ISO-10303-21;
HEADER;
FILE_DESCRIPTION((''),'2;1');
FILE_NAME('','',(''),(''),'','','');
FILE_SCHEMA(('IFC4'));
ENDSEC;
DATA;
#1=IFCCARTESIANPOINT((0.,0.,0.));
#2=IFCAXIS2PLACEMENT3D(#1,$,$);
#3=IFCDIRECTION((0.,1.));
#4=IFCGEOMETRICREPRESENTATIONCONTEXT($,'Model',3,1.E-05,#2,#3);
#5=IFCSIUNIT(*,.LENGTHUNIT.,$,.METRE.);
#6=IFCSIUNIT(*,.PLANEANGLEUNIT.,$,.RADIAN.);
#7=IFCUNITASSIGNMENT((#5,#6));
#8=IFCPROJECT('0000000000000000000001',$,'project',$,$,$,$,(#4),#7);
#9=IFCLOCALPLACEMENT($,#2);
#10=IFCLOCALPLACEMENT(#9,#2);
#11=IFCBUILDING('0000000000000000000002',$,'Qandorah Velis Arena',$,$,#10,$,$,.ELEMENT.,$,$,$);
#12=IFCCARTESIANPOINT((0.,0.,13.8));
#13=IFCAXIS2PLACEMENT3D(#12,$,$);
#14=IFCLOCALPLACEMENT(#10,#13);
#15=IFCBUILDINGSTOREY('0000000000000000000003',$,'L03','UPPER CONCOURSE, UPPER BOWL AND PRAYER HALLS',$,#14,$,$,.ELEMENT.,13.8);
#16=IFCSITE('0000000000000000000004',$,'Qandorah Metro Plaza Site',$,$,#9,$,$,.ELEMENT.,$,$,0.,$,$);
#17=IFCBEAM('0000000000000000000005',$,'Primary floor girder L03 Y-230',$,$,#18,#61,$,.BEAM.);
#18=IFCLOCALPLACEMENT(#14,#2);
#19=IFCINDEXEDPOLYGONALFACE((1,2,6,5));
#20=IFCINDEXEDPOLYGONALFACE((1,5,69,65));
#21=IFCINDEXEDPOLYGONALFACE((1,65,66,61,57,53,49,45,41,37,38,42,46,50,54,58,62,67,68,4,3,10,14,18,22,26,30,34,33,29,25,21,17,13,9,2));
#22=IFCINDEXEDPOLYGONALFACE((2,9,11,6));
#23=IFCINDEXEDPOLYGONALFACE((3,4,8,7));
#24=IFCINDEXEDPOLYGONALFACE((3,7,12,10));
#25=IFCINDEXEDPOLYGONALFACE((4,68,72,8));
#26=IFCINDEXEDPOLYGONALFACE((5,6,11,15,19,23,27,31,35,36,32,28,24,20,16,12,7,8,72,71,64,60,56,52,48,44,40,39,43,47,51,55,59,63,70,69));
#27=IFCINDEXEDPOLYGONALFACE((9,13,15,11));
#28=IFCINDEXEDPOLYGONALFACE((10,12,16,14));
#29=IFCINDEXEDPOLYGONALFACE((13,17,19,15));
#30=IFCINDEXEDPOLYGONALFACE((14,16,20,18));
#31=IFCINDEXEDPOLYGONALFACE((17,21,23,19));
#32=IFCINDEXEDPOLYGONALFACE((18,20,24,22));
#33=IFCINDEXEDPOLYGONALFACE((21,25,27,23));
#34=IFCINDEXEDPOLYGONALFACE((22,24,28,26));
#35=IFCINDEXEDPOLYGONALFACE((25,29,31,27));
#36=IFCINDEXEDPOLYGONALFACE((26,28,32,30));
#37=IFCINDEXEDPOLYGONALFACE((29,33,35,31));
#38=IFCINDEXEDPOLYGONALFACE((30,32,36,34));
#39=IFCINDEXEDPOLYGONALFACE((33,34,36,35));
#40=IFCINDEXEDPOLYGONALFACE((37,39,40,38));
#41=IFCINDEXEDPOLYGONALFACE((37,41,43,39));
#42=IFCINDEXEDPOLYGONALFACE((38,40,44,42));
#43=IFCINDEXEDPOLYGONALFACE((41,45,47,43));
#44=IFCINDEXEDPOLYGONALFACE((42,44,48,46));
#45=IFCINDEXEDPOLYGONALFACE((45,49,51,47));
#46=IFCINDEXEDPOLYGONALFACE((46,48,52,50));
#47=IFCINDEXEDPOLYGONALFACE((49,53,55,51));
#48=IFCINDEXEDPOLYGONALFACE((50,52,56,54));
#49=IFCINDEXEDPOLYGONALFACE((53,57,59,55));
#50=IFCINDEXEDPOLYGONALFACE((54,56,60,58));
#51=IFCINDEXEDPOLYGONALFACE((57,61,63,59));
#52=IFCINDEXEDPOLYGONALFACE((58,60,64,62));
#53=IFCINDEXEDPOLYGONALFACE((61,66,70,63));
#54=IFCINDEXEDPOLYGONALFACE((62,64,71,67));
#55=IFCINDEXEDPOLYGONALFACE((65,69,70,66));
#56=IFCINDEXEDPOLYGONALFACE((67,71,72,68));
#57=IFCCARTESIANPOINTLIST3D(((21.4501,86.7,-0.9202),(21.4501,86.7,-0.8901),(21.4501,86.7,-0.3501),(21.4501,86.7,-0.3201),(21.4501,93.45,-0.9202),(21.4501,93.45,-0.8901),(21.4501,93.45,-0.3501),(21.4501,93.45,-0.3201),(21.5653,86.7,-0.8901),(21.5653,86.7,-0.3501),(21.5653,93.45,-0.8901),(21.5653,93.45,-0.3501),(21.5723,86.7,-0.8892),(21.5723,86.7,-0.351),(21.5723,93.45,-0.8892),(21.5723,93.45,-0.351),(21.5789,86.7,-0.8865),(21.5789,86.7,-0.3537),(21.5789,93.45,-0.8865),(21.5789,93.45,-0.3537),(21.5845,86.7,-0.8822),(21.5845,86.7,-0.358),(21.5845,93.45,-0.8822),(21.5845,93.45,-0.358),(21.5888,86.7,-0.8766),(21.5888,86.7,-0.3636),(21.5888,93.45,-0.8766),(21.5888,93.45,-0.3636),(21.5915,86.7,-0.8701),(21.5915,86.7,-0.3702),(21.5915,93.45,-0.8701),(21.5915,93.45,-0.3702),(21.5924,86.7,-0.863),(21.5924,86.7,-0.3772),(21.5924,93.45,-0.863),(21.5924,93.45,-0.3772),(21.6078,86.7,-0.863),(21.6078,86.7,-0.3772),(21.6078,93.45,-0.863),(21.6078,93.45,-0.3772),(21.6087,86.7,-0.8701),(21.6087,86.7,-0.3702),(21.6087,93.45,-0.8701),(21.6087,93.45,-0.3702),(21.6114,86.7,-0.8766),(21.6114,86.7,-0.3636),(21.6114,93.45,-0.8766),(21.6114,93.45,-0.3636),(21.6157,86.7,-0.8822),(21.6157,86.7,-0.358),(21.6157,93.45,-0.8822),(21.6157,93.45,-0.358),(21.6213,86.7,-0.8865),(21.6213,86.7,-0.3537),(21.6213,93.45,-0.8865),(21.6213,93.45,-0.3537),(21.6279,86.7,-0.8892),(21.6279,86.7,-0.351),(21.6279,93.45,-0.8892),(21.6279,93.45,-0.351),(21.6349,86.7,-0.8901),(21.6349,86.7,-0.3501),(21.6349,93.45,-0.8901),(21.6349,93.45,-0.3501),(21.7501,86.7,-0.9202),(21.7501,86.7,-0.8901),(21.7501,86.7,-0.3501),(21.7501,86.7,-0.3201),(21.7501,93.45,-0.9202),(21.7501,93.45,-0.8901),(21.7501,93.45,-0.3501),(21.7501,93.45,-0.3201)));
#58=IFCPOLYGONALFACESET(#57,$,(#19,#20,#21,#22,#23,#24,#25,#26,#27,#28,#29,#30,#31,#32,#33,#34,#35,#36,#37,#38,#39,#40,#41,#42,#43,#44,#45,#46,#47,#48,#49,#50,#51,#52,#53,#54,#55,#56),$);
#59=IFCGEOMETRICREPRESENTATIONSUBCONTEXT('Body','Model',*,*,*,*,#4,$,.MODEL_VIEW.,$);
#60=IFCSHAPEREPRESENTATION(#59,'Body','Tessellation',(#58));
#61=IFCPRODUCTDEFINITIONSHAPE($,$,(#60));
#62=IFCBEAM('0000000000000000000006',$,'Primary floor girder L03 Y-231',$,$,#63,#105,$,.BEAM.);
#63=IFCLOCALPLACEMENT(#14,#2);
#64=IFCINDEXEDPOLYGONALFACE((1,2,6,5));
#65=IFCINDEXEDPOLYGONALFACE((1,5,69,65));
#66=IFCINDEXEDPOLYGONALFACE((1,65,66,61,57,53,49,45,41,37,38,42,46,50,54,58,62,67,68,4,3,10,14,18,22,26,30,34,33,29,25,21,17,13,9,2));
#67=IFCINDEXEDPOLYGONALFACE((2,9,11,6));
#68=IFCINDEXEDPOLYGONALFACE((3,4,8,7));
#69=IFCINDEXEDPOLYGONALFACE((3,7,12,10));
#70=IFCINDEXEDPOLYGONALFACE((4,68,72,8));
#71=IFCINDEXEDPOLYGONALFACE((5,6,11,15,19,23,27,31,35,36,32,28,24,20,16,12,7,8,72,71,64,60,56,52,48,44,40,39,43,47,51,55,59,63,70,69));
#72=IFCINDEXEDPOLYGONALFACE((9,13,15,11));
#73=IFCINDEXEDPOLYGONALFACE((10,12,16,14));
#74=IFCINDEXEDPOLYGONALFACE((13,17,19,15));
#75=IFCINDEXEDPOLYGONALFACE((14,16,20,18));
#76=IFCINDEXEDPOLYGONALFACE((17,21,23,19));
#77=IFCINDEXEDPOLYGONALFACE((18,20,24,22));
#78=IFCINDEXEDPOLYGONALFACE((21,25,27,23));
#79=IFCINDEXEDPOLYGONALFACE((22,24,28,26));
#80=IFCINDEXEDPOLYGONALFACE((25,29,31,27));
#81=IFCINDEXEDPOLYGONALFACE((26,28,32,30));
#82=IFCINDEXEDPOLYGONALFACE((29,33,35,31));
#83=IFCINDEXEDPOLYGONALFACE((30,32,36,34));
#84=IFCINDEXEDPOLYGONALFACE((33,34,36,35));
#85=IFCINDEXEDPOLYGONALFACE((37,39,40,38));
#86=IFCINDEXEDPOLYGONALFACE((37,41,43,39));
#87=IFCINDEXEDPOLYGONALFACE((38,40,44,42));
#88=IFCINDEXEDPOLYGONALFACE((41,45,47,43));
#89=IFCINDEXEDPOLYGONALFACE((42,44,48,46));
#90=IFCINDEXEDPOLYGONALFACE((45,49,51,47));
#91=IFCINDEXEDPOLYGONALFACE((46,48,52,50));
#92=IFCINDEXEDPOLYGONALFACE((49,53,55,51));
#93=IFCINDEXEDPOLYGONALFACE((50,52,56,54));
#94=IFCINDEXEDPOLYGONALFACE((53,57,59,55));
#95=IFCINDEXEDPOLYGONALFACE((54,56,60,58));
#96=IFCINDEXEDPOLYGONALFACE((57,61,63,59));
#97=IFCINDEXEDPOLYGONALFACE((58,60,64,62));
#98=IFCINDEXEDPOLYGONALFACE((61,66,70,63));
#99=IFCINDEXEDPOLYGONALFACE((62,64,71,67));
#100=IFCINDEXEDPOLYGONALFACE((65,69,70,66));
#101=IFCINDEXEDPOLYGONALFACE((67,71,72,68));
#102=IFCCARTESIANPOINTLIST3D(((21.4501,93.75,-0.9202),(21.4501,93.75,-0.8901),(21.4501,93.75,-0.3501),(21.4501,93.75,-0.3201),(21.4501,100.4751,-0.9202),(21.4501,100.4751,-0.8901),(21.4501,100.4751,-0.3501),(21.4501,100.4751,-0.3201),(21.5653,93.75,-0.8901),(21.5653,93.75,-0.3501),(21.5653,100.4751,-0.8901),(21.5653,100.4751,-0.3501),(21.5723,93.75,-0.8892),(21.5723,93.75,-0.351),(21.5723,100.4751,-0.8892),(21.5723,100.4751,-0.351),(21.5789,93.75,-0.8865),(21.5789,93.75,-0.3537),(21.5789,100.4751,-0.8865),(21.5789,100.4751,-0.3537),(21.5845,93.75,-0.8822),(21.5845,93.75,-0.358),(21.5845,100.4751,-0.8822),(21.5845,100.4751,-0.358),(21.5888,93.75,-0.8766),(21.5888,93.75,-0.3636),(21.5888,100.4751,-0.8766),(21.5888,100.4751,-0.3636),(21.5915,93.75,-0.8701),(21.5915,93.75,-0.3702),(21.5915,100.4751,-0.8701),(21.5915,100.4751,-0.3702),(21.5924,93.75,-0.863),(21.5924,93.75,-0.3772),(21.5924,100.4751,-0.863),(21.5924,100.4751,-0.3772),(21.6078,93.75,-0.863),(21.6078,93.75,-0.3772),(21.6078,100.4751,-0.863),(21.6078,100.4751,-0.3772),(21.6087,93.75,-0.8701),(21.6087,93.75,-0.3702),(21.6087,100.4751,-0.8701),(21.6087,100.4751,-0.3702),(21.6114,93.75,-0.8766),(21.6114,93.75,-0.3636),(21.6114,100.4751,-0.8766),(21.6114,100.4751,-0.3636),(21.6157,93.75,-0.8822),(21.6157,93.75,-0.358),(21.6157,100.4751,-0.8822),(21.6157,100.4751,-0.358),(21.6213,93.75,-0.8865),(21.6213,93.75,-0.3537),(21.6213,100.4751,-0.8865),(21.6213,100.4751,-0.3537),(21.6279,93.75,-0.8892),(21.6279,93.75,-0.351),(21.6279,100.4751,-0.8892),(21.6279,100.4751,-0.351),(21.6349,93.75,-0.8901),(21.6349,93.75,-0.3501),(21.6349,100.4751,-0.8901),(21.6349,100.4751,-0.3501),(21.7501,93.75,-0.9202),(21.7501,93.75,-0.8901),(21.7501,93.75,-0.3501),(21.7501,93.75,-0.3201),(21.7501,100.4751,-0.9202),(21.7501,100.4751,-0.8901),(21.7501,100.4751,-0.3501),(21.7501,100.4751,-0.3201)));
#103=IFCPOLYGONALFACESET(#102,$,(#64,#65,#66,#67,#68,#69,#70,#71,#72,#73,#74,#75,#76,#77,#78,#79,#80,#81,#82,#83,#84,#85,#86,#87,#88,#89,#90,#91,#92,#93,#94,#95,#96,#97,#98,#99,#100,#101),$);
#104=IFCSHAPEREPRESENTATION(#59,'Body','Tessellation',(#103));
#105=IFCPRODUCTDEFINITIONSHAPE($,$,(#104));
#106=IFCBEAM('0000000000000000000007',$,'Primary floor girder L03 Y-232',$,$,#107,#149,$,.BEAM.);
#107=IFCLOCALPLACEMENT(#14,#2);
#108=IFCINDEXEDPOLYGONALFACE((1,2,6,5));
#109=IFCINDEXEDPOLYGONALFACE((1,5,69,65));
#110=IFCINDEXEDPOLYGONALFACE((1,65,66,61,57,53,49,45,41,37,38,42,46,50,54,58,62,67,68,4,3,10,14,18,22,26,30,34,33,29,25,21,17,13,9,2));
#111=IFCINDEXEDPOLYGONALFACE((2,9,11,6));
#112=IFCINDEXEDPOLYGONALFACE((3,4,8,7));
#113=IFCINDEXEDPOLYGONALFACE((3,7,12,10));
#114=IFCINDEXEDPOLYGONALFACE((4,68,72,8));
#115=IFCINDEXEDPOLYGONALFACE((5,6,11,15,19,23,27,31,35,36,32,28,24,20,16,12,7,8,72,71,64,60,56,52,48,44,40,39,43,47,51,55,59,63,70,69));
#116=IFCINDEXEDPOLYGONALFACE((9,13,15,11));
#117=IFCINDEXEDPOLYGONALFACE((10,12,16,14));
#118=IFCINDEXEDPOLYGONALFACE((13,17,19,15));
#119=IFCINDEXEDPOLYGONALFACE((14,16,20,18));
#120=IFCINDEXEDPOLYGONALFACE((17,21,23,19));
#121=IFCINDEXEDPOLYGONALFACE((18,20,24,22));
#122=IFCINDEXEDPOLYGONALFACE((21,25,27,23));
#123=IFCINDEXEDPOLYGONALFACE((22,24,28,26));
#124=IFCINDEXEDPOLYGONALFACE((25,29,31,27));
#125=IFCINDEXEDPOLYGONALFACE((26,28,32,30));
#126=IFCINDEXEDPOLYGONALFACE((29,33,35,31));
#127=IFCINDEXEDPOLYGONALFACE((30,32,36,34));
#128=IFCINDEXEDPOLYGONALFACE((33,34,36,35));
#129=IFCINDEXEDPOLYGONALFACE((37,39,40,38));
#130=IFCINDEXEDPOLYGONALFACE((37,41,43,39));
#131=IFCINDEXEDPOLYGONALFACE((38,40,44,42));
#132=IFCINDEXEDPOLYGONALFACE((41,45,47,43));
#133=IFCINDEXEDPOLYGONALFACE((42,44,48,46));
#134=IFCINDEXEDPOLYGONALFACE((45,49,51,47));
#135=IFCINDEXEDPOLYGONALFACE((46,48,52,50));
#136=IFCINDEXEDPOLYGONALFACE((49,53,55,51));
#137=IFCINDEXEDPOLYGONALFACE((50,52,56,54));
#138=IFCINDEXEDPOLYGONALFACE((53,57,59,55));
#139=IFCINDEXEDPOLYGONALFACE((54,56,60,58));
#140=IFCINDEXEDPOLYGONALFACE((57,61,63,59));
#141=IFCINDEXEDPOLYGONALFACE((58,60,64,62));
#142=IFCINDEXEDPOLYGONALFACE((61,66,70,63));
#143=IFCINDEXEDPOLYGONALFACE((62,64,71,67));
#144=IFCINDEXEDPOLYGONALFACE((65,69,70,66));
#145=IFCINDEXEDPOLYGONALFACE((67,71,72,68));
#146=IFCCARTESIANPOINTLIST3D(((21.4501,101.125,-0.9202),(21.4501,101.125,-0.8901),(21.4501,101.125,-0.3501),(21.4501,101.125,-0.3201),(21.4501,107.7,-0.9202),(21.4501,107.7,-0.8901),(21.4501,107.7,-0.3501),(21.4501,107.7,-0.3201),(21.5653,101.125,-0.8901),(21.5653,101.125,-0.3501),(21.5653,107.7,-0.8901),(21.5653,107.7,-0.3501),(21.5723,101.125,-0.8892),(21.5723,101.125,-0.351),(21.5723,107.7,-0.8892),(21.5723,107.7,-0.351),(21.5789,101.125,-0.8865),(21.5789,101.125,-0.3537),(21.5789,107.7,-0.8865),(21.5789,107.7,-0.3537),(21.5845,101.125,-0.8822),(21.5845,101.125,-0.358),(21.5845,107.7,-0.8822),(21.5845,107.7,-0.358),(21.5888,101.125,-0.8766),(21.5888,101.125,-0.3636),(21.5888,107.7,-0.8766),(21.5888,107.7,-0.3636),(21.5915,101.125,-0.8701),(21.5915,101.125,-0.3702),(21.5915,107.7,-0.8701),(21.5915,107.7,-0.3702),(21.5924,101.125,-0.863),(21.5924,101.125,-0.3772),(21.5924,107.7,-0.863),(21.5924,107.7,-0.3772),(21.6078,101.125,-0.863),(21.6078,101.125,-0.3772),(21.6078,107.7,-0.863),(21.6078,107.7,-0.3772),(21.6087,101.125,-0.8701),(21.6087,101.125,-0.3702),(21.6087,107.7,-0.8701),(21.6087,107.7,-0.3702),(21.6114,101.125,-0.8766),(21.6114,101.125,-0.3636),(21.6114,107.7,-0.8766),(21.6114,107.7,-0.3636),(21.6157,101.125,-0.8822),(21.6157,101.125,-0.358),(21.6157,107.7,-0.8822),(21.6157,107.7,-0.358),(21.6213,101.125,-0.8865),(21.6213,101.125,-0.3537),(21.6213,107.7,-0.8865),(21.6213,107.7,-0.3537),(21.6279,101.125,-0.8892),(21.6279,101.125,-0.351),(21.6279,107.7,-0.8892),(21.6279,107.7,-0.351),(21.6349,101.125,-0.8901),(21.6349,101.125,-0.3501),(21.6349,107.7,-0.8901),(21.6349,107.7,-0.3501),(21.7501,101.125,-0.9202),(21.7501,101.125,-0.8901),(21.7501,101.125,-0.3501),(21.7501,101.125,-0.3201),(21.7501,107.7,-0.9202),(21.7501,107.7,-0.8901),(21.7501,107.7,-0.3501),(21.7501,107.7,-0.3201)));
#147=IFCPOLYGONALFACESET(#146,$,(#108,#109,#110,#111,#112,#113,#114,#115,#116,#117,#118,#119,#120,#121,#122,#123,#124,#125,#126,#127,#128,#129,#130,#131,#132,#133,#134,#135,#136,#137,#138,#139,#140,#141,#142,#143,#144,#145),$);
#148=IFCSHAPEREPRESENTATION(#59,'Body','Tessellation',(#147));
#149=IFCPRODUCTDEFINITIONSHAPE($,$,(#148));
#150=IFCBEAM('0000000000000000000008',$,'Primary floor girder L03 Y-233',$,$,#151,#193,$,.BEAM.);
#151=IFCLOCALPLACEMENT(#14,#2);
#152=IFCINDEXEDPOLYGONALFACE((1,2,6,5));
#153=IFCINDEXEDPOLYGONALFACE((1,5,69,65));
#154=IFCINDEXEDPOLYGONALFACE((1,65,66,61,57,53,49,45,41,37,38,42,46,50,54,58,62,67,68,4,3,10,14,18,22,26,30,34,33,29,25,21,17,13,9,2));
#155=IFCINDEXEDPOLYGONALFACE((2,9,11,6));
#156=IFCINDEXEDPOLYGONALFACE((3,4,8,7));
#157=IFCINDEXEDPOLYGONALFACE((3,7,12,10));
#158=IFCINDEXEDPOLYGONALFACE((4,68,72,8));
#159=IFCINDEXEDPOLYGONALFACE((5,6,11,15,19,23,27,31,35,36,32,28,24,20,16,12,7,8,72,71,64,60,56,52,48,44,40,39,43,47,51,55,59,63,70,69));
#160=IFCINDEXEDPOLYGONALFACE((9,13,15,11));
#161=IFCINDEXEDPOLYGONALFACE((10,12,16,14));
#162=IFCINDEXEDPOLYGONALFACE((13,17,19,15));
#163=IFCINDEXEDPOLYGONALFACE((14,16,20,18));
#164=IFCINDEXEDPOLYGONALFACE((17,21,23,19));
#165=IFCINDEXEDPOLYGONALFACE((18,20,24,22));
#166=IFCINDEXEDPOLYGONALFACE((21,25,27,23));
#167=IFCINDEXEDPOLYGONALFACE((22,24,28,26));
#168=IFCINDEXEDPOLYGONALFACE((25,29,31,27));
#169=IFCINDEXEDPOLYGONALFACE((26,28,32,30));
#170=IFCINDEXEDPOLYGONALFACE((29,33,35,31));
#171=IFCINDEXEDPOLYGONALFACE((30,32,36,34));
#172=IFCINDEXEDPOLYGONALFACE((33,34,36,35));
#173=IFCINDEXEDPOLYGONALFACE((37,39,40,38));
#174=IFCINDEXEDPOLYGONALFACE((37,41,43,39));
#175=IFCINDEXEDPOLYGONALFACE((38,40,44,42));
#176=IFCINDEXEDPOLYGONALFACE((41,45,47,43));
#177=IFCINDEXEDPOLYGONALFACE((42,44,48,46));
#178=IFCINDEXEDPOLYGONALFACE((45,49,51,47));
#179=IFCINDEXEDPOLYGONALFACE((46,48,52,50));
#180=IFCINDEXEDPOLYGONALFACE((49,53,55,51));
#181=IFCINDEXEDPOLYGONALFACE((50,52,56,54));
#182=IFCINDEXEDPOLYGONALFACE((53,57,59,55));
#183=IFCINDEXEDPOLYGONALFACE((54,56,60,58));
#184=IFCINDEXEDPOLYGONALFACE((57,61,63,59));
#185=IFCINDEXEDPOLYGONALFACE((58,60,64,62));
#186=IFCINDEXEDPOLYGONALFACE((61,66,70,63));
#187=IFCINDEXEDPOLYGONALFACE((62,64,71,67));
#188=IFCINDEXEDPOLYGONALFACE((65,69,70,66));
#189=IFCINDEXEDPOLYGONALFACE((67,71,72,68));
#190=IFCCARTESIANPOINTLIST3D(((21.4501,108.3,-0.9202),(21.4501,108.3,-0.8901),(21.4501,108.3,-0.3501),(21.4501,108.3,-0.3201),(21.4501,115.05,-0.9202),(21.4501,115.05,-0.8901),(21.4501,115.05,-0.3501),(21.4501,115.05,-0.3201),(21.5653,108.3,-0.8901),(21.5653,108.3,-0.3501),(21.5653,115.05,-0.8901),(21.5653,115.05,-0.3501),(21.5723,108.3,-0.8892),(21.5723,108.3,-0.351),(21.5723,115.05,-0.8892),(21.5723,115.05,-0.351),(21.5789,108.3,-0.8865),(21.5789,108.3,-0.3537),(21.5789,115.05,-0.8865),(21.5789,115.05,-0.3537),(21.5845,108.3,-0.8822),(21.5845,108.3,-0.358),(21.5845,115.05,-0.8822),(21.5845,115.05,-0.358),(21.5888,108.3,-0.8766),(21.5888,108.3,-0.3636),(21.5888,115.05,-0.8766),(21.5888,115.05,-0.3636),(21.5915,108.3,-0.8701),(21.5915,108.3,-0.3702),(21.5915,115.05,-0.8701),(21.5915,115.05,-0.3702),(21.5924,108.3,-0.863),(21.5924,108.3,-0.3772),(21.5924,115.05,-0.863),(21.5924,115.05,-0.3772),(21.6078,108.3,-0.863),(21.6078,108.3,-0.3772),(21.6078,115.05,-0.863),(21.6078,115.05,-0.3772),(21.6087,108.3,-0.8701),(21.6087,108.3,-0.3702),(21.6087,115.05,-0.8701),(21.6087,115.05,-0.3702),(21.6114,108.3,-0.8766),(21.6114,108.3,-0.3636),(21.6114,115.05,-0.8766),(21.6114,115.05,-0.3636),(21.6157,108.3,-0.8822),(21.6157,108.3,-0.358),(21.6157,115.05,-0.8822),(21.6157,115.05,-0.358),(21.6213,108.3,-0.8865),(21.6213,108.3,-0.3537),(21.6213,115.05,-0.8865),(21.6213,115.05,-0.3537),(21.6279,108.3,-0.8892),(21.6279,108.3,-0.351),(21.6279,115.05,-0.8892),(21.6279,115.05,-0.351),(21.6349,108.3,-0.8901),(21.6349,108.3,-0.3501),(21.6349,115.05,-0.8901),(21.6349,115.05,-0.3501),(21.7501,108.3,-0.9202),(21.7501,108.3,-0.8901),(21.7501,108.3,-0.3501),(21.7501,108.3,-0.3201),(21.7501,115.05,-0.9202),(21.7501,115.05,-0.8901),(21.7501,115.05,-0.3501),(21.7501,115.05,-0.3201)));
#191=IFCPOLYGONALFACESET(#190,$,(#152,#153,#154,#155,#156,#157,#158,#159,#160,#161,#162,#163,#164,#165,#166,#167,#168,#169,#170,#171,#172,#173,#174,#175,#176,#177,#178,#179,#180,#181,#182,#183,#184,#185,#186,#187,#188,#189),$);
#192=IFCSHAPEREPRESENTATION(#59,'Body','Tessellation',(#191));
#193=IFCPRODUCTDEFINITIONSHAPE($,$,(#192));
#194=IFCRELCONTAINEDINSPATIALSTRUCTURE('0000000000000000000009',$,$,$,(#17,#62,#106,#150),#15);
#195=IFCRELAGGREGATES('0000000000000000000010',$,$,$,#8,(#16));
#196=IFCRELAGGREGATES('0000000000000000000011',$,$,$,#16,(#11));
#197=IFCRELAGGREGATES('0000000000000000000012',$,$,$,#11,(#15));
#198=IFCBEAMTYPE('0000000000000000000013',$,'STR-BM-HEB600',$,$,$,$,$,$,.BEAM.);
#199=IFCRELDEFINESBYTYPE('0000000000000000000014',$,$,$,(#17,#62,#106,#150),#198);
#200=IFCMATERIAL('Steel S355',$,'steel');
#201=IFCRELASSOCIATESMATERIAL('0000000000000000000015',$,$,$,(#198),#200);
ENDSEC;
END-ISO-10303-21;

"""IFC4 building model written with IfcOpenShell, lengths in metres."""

from ifc_helpers import new_model, si_unit, direction, frame, origin, origin_2d, place, context, subcontext, project, spatial, i_section, extrude, material, material_profile, profile_set, type_object, element, save


model = new_model("IFC4")

# Units and contexts
model_context = context("Model", 3, precision=1e-05, world=origin(), true_north=direction((0.0, 1.0)))
body_context = subcontext(model_context, "Body", "Model", "MODEL_VIEW")
ifc_project = project(units=[si_unit("LENGTHUNIT", "METRE"), si_unit("PLANEANGLEUNIT", "RADIAN")], contexts=[model_context])

# Site, building, storey
site_placement = place(None, origin())
site = spatial("IfcSite", under=ifc_project, at=site_placement, Name="Qandorah Metro Plaza Site", CompositionType="ELEMENT", RefElevation=0.0)
building_placement = place(site_placement, origin())
building = spatial("IfcBuilding", under=site, at=building_placement, Name="Qandorah Velis Arena", CompositionType="ELEMENT")
storey_placement = place(building_placement, frame((0.0, 0.0, 13.8)))
storey = spatial("IfcBuildingStorey", under=building, at=storey_placement, Name="L03", Description="UPPER CONCOURSE, UPPER BOWL AND PRAYER HALLS", CompositionType="ELEMENT", Elevation=13.8)

# Beams
ifc_material_1 = material(Name="Steel S355", Category="steel")
ifc_material_profile_1 = material_profile(ifc_material_1, i_section(OverallWidth=0.3, OverallDepth=0.6001, WebThickness=0.0154, FlangeThickness=0.03, FilletRadius=0.0271, at=origin_2d()), Name="HEB 600")
ifc_profile_set_1 = profile_set([ifc_material_profile_1], Name="Steel S355")
beam_type_1 = type_object("IfcBeamType", Name="STR-BM-HEB600", PredefinedType="BEAM", material=ifc_profile_set_1)
beam_1_placement = place(storey_placement, frame((21.6001, 86.7, -0.6201), z_axis=(0.0, 1.0, 0.0), x_axis=(-1.0, 0.0, 0.0)))
element("IfcBeam", 1, at=beam_1_placement, inside=storey, type_object=beam_type_1, Name="Primary floor girder L03 Y-230", PredefinedType="BEAM", context=body_context, shape_type="SweptSolid", body=[
    extrude(i_section(OverallWidth=0.3, OverallDepth=0.6001, WebThickness=0.0154, FlangeThickness=0.03, FilletRadius=0.0271, at=origin_2d()), origin(), (0.0, 0.0, 1.0), 6.75),
])
beam_2_placement = place(storey_placement, frame((21.6001, 93.75, -0.6201), z_axis=(0.0, 1.0, 0.0), x_axis=(-1.0, 0.0, 0.0)))
element("IfcBeam", 2, at=beam_2_placement, inside=storey, type_object=beam_type_1, Name="Primary floor girder L03 Y-231", PredefinedType="BEAM", context=body_context, shape_type="SweptSolid", body=[
    extrude(i_section(OverallWidth=0.3, OverallDepth=0.6001, WebThickness=0.0154, FlangeThickness=0.03, FilletRadius=0.0271, at=origin_2d()), origin(), (0.0, 0.0, 1.0), 6.7251),
])
beam_3_placement = place(storey_placement, frame((21.6001, 101.125, -0.6201), z_axis=(0.0, 1.0, 0.0), x_axis=(-1.0, 0.0, 0.0)))
element("IfcBeam", 3, at=beam_3_placement, inside=storey, type_object=beam_type_1, Name="Primary floor girder L03 Y-232", PredefinedType="BEAM", context=body_context, shape_type="SweptSolid", body=[
    extrude(i_section(OverallWidth=0.3, OverallDepth=0.6001, WebThickness=0.0154, FlangeThickness=0.03, FilletRadius=0.0271, at=origin_2d()), origin(), (0.0, 0.0, 1.0), 6.575),
])
beam_4_placement = place(storey_placement, frame((21.6001, 108.3, -0.6201), z_axis=(0.0, 1.0, 0.0), x_axis=(-1.0, 0.0, 0.0)))
element("IfcBeam", 4, at=beam_4_placement, inside=storey, type_object=beam_type_1, Name="Primary floor girder L03 Y-233", PredefinedType="BEAM", context=body_context, shape_type="SweptSolid", body=[
    extrude(i_section(OverallWidth=0.3, OverallDepth=0.6001, WebThickness=0.0154, FlangeThickness=0.03, FilletRadius=0.0271, at=origin_2d()), origin(), (0.0, 0.0, 1.0), 6.75),
])

save(model, "model.ifc")
